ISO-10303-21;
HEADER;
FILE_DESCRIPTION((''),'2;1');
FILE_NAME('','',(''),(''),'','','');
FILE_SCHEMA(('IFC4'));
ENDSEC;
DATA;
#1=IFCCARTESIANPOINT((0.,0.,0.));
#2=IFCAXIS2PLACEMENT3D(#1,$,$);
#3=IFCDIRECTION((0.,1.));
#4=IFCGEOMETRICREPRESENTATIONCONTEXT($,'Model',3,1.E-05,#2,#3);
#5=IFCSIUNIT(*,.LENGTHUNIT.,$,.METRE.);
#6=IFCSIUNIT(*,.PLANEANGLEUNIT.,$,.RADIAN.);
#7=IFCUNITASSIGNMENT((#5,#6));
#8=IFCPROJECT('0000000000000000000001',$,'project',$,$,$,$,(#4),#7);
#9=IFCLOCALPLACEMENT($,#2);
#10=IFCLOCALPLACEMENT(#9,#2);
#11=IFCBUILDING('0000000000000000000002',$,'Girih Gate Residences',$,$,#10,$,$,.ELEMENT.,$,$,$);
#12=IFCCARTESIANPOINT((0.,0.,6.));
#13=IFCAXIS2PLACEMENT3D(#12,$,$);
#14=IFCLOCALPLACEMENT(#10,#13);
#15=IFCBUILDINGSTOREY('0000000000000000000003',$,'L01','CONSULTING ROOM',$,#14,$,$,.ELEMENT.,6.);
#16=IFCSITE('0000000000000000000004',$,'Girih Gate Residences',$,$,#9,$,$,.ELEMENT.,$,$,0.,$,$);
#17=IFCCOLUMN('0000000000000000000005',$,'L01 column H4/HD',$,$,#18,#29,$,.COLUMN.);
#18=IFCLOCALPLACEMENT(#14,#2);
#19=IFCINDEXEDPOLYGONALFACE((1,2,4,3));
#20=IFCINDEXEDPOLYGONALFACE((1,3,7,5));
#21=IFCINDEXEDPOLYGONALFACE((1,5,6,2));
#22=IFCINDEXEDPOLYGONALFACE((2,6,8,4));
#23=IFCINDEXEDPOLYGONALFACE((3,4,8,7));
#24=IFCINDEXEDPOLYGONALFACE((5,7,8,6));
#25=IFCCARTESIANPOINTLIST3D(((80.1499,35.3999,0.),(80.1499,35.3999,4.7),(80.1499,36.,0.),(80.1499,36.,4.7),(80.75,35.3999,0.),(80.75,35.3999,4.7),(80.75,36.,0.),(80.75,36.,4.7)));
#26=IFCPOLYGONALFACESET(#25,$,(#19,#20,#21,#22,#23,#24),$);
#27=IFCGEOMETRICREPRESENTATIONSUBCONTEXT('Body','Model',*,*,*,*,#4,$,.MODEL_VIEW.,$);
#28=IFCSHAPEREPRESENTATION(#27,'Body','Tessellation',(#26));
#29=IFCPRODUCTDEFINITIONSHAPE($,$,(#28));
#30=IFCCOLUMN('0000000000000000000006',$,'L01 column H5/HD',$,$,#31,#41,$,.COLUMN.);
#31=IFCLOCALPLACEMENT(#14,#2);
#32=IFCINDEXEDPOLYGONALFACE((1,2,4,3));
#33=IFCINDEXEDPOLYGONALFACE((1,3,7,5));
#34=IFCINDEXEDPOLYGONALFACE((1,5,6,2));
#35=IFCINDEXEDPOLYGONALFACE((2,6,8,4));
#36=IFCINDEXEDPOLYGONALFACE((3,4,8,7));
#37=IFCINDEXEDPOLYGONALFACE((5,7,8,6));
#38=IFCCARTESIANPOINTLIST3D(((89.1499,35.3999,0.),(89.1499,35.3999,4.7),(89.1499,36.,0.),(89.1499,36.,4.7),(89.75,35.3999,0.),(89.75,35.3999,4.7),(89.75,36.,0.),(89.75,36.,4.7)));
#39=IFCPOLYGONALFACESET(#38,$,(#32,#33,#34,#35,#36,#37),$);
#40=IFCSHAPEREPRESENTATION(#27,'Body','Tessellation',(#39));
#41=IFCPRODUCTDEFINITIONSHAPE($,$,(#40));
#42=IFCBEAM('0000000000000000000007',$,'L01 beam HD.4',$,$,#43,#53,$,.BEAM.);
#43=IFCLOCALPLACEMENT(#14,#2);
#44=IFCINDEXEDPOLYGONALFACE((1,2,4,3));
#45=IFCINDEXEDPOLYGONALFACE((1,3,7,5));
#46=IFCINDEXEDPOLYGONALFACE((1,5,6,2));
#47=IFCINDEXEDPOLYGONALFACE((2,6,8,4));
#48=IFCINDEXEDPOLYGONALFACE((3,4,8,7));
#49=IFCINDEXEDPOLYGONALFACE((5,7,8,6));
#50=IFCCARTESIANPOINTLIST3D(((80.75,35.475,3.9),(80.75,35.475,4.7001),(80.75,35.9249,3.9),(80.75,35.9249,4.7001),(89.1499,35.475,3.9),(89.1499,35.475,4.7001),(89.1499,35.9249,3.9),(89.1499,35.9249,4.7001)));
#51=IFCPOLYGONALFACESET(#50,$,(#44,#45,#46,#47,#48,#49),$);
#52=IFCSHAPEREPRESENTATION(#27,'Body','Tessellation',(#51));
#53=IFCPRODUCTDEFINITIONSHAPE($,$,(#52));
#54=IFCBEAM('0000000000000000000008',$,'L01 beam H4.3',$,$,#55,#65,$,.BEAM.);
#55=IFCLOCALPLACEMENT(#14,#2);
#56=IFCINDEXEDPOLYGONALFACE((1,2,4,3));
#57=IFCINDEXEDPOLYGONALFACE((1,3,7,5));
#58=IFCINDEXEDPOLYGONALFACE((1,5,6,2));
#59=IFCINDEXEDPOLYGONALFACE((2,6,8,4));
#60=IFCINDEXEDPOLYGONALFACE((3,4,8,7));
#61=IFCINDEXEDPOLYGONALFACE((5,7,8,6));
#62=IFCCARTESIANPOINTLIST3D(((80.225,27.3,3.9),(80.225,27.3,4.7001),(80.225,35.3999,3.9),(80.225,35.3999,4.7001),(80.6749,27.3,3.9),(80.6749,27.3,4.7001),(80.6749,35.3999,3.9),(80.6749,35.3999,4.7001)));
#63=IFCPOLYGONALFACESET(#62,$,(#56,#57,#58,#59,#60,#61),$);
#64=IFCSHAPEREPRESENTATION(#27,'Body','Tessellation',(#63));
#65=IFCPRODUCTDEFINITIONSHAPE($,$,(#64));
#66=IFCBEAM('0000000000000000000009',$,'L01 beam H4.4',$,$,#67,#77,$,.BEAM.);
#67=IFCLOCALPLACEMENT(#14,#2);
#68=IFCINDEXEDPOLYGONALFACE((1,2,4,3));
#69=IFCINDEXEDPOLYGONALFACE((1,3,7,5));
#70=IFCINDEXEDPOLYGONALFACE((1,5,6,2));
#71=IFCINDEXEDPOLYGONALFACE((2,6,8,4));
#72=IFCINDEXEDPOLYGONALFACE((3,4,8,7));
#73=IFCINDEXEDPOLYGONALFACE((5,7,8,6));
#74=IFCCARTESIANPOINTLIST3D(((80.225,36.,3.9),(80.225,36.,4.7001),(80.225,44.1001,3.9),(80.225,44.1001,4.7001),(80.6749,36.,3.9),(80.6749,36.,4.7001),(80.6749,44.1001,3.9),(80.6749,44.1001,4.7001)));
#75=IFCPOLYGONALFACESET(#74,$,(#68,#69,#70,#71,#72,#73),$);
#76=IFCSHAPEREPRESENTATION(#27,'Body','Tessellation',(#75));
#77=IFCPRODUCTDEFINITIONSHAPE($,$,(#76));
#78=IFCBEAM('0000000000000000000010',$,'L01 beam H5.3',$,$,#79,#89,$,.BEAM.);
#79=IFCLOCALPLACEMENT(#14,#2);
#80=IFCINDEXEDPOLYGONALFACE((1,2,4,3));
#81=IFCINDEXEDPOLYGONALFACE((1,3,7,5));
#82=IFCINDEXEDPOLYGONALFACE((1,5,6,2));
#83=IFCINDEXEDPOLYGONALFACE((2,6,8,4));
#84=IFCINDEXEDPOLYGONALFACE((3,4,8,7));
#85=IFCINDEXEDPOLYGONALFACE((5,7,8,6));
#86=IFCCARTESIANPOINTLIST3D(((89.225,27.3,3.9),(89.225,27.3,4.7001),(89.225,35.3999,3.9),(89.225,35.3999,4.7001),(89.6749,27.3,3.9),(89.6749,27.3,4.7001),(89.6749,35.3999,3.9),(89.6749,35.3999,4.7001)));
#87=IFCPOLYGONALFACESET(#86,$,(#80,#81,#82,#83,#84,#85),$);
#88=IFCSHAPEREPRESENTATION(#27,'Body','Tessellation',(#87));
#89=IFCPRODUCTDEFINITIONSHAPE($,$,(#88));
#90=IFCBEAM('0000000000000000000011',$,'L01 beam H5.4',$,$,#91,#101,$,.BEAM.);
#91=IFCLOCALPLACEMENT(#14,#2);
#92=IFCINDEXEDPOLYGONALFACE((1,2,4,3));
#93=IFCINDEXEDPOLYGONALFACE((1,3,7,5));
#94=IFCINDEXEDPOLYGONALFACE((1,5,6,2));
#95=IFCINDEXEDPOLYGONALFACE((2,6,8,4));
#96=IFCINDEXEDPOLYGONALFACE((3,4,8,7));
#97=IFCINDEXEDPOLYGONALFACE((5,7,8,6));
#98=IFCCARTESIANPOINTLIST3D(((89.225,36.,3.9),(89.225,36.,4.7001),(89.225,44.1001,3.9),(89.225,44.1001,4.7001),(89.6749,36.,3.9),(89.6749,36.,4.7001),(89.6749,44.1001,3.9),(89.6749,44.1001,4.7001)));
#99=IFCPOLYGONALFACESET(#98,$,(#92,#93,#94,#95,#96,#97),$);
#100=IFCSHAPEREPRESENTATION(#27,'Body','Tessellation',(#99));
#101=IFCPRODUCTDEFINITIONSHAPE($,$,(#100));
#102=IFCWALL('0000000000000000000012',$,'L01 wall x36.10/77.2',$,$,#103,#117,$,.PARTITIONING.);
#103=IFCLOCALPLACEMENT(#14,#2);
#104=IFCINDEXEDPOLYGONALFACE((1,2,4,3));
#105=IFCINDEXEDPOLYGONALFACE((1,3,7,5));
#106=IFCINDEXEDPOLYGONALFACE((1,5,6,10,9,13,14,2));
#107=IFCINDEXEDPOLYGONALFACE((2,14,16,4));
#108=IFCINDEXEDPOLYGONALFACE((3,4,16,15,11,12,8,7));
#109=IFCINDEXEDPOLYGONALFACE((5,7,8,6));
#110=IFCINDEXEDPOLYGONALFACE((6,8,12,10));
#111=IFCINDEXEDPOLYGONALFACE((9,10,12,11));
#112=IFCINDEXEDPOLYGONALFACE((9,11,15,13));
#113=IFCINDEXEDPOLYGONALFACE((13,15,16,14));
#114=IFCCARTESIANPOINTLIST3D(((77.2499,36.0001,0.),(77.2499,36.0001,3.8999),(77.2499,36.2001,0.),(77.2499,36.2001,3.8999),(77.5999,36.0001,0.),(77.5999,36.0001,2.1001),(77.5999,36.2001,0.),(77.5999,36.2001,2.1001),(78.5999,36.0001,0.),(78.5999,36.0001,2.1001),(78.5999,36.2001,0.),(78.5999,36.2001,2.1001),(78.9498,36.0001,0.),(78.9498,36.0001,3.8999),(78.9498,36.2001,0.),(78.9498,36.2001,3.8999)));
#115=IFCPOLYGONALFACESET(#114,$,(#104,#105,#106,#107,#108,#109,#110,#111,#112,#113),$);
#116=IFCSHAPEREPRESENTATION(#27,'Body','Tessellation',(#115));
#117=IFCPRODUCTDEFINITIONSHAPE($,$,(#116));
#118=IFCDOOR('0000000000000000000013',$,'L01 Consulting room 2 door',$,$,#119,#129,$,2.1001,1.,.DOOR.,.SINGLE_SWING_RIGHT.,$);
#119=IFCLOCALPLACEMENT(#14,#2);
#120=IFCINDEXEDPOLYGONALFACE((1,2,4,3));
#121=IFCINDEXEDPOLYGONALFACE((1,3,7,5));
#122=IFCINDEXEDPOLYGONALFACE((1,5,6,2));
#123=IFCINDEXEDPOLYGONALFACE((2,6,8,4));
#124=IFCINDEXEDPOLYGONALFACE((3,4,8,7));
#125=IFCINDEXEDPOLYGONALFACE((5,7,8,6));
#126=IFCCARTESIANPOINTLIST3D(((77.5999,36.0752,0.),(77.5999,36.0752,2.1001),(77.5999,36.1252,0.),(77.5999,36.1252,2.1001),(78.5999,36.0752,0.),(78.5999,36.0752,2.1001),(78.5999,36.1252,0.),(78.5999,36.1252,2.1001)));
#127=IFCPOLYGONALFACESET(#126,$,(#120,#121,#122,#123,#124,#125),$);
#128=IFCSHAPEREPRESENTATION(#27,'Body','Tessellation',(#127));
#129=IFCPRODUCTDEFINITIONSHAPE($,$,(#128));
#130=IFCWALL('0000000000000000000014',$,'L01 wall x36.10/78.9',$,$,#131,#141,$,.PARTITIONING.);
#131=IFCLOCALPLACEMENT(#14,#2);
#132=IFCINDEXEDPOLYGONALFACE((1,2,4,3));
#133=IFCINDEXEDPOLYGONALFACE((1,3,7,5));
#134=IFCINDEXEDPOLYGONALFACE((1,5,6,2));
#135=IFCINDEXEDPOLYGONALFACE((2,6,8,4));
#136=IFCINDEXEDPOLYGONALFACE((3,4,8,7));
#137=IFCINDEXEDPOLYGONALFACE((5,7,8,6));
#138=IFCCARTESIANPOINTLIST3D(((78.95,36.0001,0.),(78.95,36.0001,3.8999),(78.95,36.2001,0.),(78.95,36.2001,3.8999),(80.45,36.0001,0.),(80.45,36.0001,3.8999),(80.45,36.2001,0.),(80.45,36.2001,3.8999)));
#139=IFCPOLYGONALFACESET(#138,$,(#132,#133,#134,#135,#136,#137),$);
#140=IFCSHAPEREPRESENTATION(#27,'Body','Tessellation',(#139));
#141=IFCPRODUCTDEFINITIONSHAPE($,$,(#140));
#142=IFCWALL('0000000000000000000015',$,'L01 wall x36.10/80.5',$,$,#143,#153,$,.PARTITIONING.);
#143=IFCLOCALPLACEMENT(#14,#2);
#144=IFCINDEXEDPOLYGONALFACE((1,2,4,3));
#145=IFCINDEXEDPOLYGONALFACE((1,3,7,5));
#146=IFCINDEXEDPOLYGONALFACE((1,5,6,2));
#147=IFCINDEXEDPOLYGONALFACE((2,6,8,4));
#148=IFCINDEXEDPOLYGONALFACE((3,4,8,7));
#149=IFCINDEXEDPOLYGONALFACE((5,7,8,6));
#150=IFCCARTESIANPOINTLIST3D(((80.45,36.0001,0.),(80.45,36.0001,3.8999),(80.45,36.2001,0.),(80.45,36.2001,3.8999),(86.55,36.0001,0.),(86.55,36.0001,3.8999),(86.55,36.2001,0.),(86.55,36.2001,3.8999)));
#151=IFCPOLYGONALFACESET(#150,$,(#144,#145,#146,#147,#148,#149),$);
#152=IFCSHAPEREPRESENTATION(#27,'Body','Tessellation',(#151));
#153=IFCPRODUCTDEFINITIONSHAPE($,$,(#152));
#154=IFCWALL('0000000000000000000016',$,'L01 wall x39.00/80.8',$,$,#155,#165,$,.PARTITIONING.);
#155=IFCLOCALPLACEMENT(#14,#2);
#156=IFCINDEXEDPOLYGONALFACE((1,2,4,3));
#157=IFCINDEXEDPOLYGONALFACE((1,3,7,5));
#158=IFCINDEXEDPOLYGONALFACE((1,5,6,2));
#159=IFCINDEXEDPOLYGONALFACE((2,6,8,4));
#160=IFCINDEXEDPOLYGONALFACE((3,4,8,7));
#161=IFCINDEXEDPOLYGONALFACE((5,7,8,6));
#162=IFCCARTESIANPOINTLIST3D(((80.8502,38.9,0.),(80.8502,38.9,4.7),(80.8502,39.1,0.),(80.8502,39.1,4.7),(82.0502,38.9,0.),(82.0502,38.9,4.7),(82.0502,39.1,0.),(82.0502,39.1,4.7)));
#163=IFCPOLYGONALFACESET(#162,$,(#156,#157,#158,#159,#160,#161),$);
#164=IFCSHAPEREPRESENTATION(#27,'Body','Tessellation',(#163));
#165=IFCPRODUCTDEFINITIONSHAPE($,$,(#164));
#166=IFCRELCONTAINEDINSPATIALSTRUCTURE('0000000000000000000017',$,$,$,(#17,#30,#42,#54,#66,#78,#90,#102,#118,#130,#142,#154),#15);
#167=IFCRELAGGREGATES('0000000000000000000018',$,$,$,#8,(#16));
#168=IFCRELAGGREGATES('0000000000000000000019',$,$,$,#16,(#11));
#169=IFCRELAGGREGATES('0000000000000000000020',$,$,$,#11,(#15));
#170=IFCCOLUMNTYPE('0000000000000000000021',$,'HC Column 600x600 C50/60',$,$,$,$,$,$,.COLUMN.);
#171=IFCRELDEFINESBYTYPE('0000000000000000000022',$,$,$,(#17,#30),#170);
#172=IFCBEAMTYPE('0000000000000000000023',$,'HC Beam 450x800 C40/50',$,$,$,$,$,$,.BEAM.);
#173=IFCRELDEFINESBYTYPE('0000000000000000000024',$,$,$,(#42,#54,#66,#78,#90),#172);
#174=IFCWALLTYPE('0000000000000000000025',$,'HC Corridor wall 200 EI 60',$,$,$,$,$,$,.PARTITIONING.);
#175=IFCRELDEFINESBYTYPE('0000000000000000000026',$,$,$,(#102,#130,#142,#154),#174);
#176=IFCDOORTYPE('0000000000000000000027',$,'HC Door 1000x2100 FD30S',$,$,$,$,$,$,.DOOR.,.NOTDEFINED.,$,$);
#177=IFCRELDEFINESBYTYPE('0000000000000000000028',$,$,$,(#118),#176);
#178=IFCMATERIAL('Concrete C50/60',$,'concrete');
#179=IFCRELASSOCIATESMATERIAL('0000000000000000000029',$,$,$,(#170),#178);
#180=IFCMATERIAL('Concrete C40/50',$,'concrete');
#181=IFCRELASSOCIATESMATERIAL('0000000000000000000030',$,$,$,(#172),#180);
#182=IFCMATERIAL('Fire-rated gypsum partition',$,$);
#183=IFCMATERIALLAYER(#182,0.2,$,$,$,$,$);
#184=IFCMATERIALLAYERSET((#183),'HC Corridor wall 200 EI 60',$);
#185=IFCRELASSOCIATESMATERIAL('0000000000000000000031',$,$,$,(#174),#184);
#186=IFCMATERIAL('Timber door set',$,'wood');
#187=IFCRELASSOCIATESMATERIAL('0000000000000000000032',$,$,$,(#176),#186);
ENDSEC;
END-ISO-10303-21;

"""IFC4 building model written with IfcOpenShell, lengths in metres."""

from ifc_helpers import new_model, si_unit, direction, frame, frame_2d, origin, origin_2d, place, context, subcontext, project, spatial, rectangle, extrude, material, layer, layer_set, material_profile, profile_set, type_object, element, fill, save


model = new_model("IFC4")

# Units and contexts
model_context = context("Model", 3, precision=1e-05, world=origin(), true_north=direction((0.0, 1.0)))
body_context = subcontext(model_context, "Body", "Model", "MODEL_VIEW")
ifc_project = project(units=[si_unit("LENGTHUNIT", "METRE"), si_unit("PLANEANGLEUNIT", "RADIAN")], contexts=[model_context])

# Site, building, storey
site_placement = place(None, origin())
site = spatial("IfcSite", under=ifc_project, at=site_placement, Name="Girih Gate Residences", CompositionType="ELEMENT", RefElevation=0.0)
building_placement = place(site_placement, origin())
building = spatial("IfcBuilding", under=site, at=building_placement, Name="Girih Gate Residences", CompositionType="ELEMENT")
storey_placement = place(building_placement, frame((0.0, 0.0, 6.0)))
storey = spatial("IfcBuildingStorey", under=building, at=storey_placement, Name="L01", Description="CONSULTING ROOM", CompositionType="ELEMENT", Elevation=6.0)

# Columns
ifc_material_1 = material(Name="Concrete C50/60", Category="concrete")
ifc_material_profile_1 = material_profile(ifc_material_1, rectangle(XDim=0.6001, YDim=0.6001, at=origin_2d()))
ifc_profile_set_1 = profile_set([ifc_material_profile_1], Name="Concrete C50/60")
column_type = type_object("IfcColumnType", Name="HC Column 600x600 C50/60", PredefinedType="COLUMN", material=ifc_profile_set_1)
for number, where, z_axis, x_axis, name in (
    (1, (80.45, 35.7, 0.0), (0.0, 0.0, 1.0), (1.0, 0.0, 0.0), "L01 column H4/HD"),
    (2, (89.45, 35.7, 0.0), (0.0, 0.0, 1.0), (1.0, 0.0, 0.0), "L01 column H5/HD"),
):
    element("IfcColumn", number, at=place(storey_placement, frame(where, z_axis=z_axis, x_axis=x_axis)), inside=storey, type_object=column_type, Name=name, PredefinedType="COLUMN", context=body_context, shape_type="SweptSolid", body=[
        extrude(rectangle(XDim=0.6001, YDim=0.6001, at=origin_2d()), origin(), (0.0, 0.0, 1.0), 4.7),
    ])

# Beams
ifc_material_2 = material(Name="Concrete C40/50", Category="concrete")
ifc_material_profile_2 = material_profile(ifc_material_2, rectangle(XDim=0.45, YDim=0.8, at=origin_2d()))
ifc_profile_set_2 = profile_set([ifc_material_profile_2], Name="Concrete C40/50")
beam_type = type_object("IfcBeamType", Name="HC Beam 450x800 C40/50", PredefinedType="BEAM", material=ifc_profile_set_2)
beam_1_placement = place(storey_placement, frame((80.75, 35.7, 4.3), z_axis=(1.0, 0.0, 0.0), x_axis=(0.0, 1.0, 0.0)))
element("IfcBeam", 3, at=beam_1_placement, inside=storey, type_object=beam_type, Name="L01 beam HD.4", PredefinedType="BEAM", context=body_context, shape_type="SweptSolid", body=[
    extrude(rectangle(XDim=0.45, YDim=0.8, at=origin_2d()), origin(), (0.0, 0.0, 1.0), 8.3999),
])
beam_2_placement = place(storey_placement, frame((80.45, 27.3, 4.3), z_axis=(0.0, 1.0, 0.0), x_axis=(-1.0, 0.0, 0.0)))
element("IfcBeam", 4, at=beam_2_placement, inside=storey, type_object=beam_type, Name="L01 beam H4.3", PredefinedType="BEAM", context=body_context, shape_type="SweptSolid", body=[
    extrude(rectangle(XDim=0.45, YDim=0.8, at=origin_2d()), origin(), (0.0, 0.0, 1.0), 8.0999),
])
beam_3_placement = place(storey_placement, frame((80.45, 36.0, 4.3), z_axis=(0.0, 1.0, 0.0), x_axis=(-1.0, 0.0, 0.0)))
element("IfcBeam", 5, at=beam_3_placement, inside=storey, type_object=beam_type, Name="L01 beam H4.4", PredefinedType="BEAM", context=body_context, shape_type="SweptSolid", body=[
    extrude(rectangle(XDim=0.45, YDim=0.8, at=origin_2d()), origin(), (0.0, 0.0, 1.0), 8.1001),
])
beam_4_placement = place(storey_placement, frame((89.45, 27.3, 4.3), z_axis=(0.0, 1.0, 0.0), x_axis=(-1.0, 0.0, 0.0)))
element("IfcBeam", 6, at=beam_4_placement, inside=storey, type_object=beam_type, Name="L01 beam H5.3", PredefinedType="BEAM", context=body_context, shape_type="SweptSolid", body=[
    extrude(rectangle(XDim=0.45, YDim=0.8, at=origin_2d()), origin(), (0.0, 0.0, 1.0), 8.0999),
])
beam_5_placement = place(storey_placement, frame((89.45, 36.0, 4.3), z_axis=(0.0, 1.0, 0.0), x_axis=(-1.0, 0.0, 0.0)))
element("IfcBeam", 7, at=beam_5_placement, inside=storey, type_object=beam_type, Name="L01 beam H5.4", PredefinedType="BEAM", context=body_context, shape_type="SweptSolid", body=[
    extrude(rectangle(XDim=0.45, YDim=0.8, at=origin_2d()), origin(), (0.0, 0.0, 1.0), 8.1001),
])

# Wall, opening, door
ifc_material_3 = material(Name="Fire-rated gypsum partition")
ifc_layer_1 = layer(ifc_material_3, 0.2)
ifc_layer_set_1 = layer_set([ifc_layer_1], Name="HC Corridor wall 200 EI 60")
wall_type_1 = type_object("IfcWallType", Name="HC Corridor wall 200 EI 60", PredefinedType="PARTITIONING", material=ifc_layer_set_1)
wall_1_placement = place(storey_placement, frame((78.95, 36.1001, 0.0), z_axis=(0.0, 0.0, 1.0), x_axis=(-1.0, 0.0, 0.0)))
wall_1 = element("IfcWall", 8, at=wall_1_placement, inside=storey, type_object=wall_type_1, Name="L01 wall x36.10/77.2", PredefinedType="PARTITIONING", context=body_context, shape_type="SweptSolid", body=[
    extrude(rectangle(XDim=1.7, YDim=0.2, at=frame_2d((0.8501, 0.0))), origin(), (0.0, 0.0, 1.0), 3.8999),
])
opening_1_placement = place(wall_1_placement, frame((0.3501, 0.0, 0.0)))
opening_1 = element("IfcOpeningElement", 9, at=opening_1_placement, cuts=wall_1, PredefinedType="OPENING", context=body_context, shape_type="SweptSolid", body=[
    extrude(rectangle(XDim=1.0, YDim=2.1001, at=frame_2d((0.5, 1.05))), frame((0.0, 0.1099, 0.0), z_axis=(0.0, -1.0, 0.0), x_axis=(1.0, 0.0, 0.0)), (0.0, 0.0, 1.0), 0.22),
])
ifc_material_4 = material(Name="Timber door set", Category="wood")
door_type_1 = type_object("IfcDoorType", Name="HC Door 1000x2100 FD30S", OperationType="NOTDEFINED", PredefinedType="DOOR", material=ifc_material_4)
door_1_placement = place(opening_1_placement, origin())
door_1 = element("IfcDoor", 10, at=door_1_placement, inside=storey, type_object=door_type_1, Name="L01 Consulting room 2 door", OperationType="SINGLE_SWING_RIGHT", OverallHeight=2.1001, OverallWidth=1.0, PredefinedType="DOOR", context=body_context, shape_type="SweptSolid", body=[
    extrude(rectangle(XDim=1.0, YDim=2.1001, at=frame_2d((0.5, 1.05))), frame((0.0, 0.0249, 0.0), z_axis=(0.0, -1.0, 0.0), x_axis=(1.0, 0.0, 0.0)), (0.0, 0.0, 1.0), 0.05),
])
fill(opening_1, door_1)

# Walls
wall_2_placement = place(storey_placement, frame((78.95, 36.1001, 0.0), z_axis=(0.0, 0.0, 1.0), x_axis=(1.0, 0.0, 0.0)))
element("IfcWall", 11, at=wall_2_placement, inside=storey, type_object=wall_type_1, Name="L01 wall x36.10/78.9", PredefinedType="PARTITIONING", context=body_context, shape_type="SweptSolid", body=[
    extrude(rectangle(XDim=1.5, YDim=0.2, at=frame_2d((0.75, 0.0))), origin(), (0.0, 0.0, 1.0), 3.8999),
])
wall_3_placement = place(storey_placement, frame((80.45, 36.1001, 0.0), z_axis=(0.0, 0.0, 1.0), x_axis=(1.0, 0.0, 0.0)))
element("IfcWall", 12, at=wall_3_placement, inside=storey, type_object=wall_type_1, Name="L01 wall x36.10/80.5", PredefinedType="PARTITIONING", context=body_context, shape_type="SweptSolid", body=[
    extrude(rectangle(XDim=6.1001, YDim=0.2, at=frame_2d((3.05, 0.0))), origin(), (0.0, 0.0, 1.0), 3.8999),
])
wall_4_placement = place(storey_placement, frame((80.8501, 39.0, 0.0), z_axis=(0.0, 0.0, 1.0), x_axis=(1.0, 0.0, 0.0)))
element("IfcWall", 13, at=wall_4_placement, inside=storey, type_object=wall_type_1, Name="L01 wall x39.00/80.8", PredefinedType="PARTITIONING", context=body_context, shape_type="SweptSolid", body=[
    extrude(rectangle(XDim=1.2, YDim=0.2, at=frame_2d((0.6001, 0.0))), origin(), (0.0, 0.0, 1.0), 4.7),
])

save(model, "model.ifc")
